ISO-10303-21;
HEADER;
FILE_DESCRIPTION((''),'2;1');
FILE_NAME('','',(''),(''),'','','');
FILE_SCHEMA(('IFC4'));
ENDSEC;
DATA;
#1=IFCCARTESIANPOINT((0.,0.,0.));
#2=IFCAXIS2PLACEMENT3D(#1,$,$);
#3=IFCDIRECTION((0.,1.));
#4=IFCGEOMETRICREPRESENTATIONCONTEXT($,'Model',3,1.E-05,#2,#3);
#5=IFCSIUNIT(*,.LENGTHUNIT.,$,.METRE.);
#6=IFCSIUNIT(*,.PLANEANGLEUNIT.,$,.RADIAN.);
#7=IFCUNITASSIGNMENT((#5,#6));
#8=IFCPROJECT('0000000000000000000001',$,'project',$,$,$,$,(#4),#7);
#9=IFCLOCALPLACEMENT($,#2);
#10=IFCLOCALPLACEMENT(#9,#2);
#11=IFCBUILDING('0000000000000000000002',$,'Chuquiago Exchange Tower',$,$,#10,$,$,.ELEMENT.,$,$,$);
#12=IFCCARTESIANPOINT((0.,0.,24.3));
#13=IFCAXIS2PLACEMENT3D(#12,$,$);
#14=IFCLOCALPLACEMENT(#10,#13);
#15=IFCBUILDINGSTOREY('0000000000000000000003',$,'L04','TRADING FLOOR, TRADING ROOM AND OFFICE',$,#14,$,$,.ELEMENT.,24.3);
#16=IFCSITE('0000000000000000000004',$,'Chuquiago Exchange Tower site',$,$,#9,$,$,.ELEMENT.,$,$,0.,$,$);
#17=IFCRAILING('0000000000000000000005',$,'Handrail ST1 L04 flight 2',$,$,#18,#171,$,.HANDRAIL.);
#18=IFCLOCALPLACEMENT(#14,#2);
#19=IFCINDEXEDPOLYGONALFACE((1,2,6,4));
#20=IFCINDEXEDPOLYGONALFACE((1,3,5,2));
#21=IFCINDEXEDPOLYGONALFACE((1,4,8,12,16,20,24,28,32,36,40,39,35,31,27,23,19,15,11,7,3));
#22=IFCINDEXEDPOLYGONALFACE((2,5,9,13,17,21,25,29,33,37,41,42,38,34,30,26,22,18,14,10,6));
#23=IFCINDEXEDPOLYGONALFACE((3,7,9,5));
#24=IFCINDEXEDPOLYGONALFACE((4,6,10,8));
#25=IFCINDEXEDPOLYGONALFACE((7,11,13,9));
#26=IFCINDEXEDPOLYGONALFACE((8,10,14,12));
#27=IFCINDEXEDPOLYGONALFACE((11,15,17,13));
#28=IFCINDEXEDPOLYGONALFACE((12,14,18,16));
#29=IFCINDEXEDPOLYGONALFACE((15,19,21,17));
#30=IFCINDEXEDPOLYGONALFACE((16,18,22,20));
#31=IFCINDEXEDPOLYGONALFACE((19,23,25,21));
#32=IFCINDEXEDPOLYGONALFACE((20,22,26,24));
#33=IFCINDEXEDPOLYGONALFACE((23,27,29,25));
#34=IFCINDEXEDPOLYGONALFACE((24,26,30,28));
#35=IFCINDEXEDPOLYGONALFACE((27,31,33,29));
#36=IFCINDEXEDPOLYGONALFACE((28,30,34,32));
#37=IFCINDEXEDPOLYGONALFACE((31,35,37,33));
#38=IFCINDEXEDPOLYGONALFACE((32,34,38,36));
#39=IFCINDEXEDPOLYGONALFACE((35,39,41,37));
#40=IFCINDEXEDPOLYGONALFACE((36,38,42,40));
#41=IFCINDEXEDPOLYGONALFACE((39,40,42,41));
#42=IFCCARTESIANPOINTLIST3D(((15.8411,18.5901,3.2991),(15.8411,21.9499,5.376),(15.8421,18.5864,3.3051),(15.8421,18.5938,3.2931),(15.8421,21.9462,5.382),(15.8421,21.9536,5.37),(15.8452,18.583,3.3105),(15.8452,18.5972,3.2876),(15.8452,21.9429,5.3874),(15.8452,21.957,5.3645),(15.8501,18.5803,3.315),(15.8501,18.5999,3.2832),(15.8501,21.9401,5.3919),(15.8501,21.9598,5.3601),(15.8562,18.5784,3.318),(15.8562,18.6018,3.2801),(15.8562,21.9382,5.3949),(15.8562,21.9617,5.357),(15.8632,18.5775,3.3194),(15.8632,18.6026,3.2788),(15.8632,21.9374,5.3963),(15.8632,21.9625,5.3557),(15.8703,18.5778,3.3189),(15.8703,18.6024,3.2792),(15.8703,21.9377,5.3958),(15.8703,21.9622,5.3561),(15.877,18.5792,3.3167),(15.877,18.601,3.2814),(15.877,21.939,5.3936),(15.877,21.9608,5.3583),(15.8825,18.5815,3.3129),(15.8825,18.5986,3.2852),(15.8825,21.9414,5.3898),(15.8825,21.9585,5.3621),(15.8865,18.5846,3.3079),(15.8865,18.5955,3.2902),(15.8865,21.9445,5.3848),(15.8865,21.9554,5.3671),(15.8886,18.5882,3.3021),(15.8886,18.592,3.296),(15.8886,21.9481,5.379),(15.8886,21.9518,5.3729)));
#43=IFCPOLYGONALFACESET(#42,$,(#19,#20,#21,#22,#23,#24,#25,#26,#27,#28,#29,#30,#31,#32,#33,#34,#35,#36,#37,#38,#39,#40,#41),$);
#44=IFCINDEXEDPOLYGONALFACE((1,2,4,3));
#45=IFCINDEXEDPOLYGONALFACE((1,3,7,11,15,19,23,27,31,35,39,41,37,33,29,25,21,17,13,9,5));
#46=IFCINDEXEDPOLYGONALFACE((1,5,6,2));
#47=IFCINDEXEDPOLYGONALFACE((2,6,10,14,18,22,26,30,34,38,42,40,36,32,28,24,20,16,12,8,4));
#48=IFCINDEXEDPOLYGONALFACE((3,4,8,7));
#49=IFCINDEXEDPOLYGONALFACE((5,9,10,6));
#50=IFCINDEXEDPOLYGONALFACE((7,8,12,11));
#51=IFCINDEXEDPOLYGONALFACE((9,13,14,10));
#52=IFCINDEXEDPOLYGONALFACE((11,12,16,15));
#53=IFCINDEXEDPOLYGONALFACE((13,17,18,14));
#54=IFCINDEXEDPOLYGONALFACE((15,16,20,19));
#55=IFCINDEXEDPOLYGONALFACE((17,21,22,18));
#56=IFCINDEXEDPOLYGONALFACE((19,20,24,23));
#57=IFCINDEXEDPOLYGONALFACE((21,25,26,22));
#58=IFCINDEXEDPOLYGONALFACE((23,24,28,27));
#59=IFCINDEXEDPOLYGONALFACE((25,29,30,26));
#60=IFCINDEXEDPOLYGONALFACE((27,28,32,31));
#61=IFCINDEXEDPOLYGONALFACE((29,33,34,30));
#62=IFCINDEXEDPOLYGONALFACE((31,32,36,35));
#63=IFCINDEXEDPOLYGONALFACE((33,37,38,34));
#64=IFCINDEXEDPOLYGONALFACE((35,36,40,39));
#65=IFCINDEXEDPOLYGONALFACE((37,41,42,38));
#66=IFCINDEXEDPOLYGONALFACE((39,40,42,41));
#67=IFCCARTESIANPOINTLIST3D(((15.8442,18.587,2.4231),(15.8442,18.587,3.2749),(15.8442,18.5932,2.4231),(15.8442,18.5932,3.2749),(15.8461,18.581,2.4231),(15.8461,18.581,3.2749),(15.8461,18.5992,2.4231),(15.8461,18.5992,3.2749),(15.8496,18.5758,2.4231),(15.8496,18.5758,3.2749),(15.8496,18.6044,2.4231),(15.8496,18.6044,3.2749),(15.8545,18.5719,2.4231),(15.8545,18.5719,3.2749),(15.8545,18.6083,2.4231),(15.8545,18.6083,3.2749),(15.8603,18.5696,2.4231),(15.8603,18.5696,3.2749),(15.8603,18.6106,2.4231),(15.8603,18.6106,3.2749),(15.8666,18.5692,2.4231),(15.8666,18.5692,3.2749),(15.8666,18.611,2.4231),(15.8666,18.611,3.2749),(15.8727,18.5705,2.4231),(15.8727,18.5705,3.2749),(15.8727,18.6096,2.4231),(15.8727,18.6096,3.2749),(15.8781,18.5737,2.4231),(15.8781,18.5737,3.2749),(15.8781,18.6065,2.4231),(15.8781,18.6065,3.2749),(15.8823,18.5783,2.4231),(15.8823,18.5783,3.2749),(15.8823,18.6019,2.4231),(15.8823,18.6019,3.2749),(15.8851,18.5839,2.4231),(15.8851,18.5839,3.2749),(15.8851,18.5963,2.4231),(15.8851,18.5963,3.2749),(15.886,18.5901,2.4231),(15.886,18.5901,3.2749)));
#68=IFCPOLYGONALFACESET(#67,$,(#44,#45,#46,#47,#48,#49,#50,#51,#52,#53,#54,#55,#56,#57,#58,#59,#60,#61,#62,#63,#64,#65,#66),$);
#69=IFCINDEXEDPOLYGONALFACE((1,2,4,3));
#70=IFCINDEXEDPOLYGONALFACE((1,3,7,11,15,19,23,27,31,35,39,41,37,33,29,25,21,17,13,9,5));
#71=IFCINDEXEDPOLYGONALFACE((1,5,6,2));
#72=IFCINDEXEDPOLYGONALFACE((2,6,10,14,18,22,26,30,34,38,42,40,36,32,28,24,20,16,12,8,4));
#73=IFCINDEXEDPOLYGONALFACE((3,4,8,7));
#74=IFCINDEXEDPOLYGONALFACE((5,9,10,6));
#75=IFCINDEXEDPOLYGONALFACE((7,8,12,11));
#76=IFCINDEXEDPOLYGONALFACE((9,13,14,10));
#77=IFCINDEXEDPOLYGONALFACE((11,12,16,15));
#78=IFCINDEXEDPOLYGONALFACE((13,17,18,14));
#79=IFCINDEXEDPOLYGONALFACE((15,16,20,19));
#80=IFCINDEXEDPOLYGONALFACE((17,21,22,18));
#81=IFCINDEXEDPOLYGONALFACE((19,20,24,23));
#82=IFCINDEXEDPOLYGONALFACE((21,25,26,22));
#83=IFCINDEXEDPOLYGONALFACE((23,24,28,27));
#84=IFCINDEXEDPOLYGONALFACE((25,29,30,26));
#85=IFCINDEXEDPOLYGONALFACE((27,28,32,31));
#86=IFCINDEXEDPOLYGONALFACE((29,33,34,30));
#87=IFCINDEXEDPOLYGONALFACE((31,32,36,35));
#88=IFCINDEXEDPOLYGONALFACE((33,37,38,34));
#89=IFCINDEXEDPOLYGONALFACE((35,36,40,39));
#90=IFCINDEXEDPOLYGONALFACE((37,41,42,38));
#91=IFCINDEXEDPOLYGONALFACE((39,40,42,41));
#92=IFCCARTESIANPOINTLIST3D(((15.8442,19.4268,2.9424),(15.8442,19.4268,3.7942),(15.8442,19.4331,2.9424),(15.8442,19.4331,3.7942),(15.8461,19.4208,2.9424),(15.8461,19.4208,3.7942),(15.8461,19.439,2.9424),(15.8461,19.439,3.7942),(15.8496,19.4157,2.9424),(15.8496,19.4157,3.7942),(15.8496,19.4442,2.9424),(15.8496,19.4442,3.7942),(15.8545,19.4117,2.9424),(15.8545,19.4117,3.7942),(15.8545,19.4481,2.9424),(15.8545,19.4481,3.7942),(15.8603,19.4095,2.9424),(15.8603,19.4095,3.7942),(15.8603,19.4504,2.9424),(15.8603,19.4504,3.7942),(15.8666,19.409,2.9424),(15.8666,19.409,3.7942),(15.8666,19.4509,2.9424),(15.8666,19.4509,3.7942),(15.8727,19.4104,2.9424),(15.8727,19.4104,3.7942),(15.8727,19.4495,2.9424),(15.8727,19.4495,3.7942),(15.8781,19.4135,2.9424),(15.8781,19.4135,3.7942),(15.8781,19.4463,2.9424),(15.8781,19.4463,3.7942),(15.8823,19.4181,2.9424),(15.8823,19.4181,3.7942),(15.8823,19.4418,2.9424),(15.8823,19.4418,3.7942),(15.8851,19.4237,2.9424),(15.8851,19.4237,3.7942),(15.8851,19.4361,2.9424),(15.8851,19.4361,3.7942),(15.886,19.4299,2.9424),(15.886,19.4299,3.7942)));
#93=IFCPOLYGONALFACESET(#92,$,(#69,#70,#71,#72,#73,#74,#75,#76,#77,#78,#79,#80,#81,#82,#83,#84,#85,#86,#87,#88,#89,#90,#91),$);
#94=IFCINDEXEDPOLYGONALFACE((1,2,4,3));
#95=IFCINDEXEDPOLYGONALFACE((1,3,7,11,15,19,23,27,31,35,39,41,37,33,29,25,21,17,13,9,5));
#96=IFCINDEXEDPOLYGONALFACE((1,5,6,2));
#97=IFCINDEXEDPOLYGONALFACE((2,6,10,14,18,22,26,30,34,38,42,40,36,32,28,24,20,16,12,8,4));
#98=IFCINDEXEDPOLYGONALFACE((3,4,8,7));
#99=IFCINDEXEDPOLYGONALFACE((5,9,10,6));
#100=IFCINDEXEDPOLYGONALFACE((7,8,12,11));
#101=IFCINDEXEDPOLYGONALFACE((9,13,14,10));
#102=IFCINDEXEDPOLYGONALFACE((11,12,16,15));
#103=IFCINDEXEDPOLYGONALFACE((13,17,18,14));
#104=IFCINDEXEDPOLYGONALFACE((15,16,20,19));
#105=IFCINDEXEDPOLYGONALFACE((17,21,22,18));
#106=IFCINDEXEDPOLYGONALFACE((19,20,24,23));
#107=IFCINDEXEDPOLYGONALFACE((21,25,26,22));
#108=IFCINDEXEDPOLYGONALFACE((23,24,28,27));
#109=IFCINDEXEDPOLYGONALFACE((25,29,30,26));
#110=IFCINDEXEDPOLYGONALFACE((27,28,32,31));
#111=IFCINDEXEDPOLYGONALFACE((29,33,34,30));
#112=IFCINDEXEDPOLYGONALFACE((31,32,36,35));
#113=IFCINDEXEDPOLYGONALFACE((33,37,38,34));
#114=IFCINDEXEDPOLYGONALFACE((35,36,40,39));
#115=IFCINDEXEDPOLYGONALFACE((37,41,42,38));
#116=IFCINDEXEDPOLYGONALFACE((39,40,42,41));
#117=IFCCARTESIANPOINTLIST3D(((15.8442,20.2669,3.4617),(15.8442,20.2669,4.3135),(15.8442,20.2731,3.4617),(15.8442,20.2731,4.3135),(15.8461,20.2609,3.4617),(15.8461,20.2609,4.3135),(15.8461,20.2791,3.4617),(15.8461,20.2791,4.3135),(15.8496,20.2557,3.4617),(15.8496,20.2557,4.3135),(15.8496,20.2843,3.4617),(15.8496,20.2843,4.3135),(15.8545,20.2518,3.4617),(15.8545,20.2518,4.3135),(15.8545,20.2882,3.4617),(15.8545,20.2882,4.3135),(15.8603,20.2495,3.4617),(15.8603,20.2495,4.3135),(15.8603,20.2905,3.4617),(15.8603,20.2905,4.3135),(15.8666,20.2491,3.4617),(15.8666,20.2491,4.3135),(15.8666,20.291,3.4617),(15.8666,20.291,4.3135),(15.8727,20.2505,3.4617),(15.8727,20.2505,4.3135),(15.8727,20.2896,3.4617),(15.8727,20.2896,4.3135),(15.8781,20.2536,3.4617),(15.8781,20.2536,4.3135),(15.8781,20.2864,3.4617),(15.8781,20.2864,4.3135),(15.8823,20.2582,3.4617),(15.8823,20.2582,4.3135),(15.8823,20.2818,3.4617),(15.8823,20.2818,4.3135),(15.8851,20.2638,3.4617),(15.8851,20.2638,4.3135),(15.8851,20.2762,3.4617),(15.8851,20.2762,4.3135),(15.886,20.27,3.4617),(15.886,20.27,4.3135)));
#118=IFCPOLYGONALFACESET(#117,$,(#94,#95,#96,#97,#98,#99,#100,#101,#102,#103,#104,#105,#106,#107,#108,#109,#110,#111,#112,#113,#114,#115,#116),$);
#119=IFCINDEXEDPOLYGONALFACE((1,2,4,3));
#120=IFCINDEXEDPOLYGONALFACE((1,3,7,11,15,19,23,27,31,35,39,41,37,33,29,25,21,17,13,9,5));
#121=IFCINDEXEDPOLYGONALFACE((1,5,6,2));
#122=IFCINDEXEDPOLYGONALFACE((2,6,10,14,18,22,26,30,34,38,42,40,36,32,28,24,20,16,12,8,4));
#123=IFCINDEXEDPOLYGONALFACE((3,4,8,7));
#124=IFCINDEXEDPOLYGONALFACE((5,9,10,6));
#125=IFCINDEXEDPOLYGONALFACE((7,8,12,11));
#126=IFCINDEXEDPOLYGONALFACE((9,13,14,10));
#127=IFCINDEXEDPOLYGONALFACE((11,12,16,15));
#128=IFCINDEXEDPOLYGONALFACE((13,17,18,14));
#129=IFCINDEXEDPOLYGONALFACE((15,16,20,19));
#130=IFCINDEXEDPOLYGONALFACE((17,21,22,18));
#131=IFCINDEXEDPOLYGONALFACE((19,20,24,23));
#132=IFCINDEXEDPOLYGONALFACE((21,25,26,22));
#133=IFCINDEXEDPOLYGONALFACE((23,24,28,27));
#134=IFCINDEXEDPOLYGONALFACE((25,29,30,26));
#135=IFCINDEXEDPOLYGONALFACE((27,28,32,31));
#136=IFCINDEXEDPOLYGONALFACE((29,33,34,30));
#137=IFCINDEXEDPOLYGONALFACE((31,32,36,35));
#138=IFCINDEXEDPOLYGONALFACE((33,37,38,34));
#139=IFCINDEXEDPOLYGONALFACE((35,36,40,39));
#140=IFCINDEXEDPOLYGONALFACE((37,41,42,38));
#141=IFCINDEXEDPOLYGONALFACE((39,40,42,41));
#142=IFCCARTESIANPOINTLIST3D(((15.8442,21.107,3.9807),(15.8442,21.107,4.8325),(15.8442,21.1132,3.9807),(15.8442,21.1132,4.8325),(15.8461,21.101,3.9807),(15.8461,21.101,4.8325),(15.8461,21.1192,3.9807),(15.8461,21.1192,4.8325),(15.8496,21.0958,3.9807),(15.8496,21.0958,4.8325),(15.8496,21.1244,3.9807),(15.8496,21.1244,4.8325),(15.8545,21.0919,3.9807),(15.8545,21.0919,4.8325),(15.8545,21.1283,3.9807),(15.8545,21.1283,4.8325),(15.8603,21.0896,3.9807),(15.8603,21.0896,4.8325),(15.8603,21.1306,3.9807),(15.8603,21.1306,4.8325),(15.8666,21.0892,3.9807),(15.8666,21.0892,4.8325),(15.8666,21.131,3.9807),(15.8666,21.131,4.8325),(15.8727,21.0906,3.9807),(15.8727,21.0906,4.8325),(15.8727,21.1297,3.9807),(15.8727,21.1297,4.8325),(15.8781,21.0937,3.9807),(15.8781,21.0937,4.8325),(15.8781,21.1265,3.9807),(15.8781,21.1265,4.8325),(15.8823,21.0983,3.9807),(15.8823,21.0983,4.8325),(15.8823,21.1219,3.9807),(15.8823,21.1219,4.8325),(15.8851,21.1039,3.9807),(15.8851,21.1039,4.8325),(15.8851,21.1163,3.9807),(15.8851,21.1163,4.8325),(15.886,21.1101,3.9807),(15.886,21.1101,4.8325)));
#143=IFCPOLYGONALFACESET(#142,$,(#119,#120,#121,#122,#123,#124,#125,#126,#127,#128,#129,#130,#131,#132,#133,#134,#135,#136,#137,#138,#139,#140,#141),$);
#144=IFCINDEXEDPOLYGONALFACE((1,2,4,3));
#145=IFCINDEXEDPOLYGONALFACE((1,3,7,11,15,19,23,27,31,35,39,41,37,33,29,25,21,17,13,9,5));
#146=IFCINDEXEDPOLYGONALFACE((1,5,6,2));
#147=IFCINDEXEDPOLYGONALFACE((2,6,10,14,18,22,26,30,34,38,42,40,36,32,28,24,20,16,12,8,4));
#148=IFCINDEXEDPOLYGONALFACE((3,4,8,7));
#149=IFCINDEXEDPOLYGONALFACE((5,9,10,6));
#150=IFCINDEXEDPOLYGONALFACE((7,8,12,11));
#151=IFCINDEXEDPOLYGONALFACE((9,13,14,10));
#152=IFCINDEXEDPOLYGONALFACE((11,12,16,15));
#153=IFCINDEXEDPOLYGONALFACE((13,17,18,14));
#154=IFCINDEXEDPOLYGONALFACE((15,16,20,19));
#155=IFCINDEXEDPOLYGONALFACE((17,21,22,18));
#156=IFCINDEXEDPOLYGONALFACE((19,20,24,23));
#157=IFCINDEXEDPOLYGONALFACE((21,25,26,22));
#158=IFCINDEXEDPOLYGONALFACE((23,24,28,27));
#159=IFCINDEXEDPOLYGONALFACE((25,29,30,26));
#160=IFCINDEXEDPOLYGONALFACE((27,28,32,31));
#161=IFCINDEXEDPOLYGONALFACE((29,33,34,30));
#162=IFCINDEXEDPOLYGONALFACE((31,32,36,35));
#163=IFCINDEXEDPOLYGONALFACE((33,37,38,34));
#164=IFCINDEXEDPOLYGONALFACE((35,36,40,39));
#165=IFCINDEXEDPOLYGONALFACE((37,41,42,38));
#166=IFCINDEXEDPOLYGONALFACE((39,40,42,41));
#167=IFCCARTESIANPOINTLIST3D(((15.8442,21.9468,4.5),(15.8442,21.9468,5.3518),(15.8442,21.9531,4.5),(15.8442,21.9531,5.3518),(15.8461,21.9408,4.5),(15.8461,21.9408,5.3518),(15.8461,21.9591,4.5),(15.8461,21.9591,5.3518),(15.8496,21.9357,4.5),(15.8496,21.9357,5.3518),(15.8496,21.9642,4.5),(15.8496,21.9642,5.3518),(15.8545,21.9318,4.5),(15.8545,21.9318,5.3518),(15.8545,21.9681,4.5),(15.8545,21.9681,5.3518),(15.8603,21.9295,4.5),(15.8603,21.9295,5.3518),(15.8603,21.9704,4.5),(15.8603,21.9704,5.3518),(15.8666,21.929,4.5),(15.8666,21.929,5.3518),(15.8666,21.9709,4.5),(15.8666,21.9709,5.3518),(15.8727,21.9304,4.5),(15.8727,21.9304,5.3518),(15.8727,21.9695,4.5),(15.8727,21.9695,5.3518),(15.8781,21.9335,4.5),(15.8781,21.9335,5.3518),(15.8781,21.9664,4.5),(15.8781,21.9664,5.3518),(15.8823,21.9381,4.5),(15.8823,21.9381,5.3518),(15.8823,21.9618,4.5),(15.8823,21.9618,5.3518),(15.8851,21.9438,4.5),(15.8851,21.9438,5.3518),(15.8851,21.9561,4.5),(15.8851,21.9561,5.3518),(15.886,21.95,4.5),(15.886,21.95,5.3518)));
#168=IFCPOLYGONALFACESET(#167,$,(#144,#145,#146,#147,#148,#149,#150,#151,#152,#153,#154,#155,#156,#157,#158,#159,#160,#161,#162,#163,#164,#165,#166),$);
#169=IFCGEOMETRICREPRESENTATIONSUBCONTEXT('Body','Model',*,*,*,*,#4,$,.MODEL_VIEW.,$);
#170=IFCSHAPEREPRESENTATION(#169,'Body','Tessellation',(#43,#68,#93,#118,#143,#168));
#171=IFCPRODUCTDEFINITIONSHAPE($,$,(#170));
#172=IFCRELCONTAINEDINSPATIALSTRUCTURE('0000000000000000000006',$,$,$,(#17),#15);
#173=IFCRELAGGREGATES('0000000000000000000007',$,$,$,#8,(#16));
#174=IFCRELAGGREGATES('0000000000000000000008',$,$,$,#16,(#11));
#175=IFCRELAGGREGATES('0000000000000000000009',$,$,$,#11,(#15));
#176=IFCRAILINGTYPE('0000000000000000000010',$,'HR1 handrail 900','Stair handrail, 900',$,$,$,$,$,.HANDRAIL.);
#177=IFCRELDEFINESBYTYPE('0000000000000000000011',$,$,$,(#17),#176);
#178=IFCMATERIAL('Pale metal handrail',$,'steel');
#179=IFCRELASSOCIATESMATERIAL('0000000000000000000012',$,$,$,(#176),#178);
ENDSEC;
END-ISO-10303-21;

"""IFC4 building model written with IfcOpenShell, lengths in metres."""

from ifc_helpers import new_model, si_unit, direction, frame, origin, origin_2d, place, context, subcontext, project, spatial, circle, extrude, material, type_object, element, save


model = new_model("IFC4")

# Units and contexts
model_context = context("Model", 3, precision=1e-05, world=origin(), true_north=direction((0.0, 1.0)))
body_context = subcontext(model_context, "Body", "Model", "MODEL_VIEW")
ifc_project = project(units=[si_unit("LENGTHUNIT", "METRE"), si_unit("PLANEANGLEUNIT", "RADIAN")], contexts=[model_context])

# Site, building, storey
site_placement = place(None, origin())
site = spatial("IfcSite", under=ifc_project, at=site_placement, Name="Chuquiago Exchange Tower site", CompositionType="ELEMENT", RefElevation=0.0)
building_placement = place(site_placement, origin())
building = spatial("IfcBuilding", under=site, at=building_placement, Name="Chuquiago Exchange Tower", CompositionType="ELEMENT")
storey_placement = place(building_placement, frame((0.0, 0.0, 24.3)))
storey = spatial("IfcBuildingStorey", under=building, at=storey_placement, Name="L04", Description="TRADING FLOOR, TRADING ROOM AND OFFICE", CompositionType="ELEMENT", Elevation=24.3)

# Railing
ifc_material_1 = material(Name="Pale metal handrail", Category="steel")
railing_type_1 = type_object("IfcRailingType", Name="HR1 handrail 900", Description="Stair handrail, 900", PredefinedType="HANDRAIL", material=ifc_material_1)
for number, where, name in (
    (1, (15.865, 18.5901, 2.4231), "Handrail ST1 L04 flight 2"),
):
    element("IfcRailing", number, at=place(storey_placement, frame(where)), inside=storey, type_object=railing_type_1, Name=name, PredefinedType="HANDRAIL", context=body_context, shape_type="SweptSolid", body=[
        extrude(circle(Radius=0.0239, at=origin_2d()), frame((0.0, 0.0, 0.876), z_axis=(0.0, 0.850606, 0.525803), x_axis=(-1.0, 0.0, 0.0)), (0.0, 0.0, 1.0), 3.95),
        extrude(circle(Radius=0.021, at=origin_2d()), origin(), (0.0, 0.0, 1.0), 0.8518),
        extrude(circle(Radius=0.021, at=origin_2d()), frame((0.0, 0.8398, 0.5193)), (0.0, 0.0, 1.0), 0.8518),
        extrude(circle(Radius=0.021, at=origin_2d()), frame((0.0, 1.6799, 1.0386)), (0.0, 0.0, 1.0), 0.8518),
        extrude(circle(Radius=0.021, at=origin_2d()), frame((0.0, 2.52, 1.5576)), (0.0, 0.0, 1.0), 0.8518),
        extrude(circle(Radius=0.021, at=origin_2d()), frame((0.0, 3.3599, 2.0769)), (0.0, 0.0, 1.0), 0.8518),
    ])

save(model, "model.ifc")
